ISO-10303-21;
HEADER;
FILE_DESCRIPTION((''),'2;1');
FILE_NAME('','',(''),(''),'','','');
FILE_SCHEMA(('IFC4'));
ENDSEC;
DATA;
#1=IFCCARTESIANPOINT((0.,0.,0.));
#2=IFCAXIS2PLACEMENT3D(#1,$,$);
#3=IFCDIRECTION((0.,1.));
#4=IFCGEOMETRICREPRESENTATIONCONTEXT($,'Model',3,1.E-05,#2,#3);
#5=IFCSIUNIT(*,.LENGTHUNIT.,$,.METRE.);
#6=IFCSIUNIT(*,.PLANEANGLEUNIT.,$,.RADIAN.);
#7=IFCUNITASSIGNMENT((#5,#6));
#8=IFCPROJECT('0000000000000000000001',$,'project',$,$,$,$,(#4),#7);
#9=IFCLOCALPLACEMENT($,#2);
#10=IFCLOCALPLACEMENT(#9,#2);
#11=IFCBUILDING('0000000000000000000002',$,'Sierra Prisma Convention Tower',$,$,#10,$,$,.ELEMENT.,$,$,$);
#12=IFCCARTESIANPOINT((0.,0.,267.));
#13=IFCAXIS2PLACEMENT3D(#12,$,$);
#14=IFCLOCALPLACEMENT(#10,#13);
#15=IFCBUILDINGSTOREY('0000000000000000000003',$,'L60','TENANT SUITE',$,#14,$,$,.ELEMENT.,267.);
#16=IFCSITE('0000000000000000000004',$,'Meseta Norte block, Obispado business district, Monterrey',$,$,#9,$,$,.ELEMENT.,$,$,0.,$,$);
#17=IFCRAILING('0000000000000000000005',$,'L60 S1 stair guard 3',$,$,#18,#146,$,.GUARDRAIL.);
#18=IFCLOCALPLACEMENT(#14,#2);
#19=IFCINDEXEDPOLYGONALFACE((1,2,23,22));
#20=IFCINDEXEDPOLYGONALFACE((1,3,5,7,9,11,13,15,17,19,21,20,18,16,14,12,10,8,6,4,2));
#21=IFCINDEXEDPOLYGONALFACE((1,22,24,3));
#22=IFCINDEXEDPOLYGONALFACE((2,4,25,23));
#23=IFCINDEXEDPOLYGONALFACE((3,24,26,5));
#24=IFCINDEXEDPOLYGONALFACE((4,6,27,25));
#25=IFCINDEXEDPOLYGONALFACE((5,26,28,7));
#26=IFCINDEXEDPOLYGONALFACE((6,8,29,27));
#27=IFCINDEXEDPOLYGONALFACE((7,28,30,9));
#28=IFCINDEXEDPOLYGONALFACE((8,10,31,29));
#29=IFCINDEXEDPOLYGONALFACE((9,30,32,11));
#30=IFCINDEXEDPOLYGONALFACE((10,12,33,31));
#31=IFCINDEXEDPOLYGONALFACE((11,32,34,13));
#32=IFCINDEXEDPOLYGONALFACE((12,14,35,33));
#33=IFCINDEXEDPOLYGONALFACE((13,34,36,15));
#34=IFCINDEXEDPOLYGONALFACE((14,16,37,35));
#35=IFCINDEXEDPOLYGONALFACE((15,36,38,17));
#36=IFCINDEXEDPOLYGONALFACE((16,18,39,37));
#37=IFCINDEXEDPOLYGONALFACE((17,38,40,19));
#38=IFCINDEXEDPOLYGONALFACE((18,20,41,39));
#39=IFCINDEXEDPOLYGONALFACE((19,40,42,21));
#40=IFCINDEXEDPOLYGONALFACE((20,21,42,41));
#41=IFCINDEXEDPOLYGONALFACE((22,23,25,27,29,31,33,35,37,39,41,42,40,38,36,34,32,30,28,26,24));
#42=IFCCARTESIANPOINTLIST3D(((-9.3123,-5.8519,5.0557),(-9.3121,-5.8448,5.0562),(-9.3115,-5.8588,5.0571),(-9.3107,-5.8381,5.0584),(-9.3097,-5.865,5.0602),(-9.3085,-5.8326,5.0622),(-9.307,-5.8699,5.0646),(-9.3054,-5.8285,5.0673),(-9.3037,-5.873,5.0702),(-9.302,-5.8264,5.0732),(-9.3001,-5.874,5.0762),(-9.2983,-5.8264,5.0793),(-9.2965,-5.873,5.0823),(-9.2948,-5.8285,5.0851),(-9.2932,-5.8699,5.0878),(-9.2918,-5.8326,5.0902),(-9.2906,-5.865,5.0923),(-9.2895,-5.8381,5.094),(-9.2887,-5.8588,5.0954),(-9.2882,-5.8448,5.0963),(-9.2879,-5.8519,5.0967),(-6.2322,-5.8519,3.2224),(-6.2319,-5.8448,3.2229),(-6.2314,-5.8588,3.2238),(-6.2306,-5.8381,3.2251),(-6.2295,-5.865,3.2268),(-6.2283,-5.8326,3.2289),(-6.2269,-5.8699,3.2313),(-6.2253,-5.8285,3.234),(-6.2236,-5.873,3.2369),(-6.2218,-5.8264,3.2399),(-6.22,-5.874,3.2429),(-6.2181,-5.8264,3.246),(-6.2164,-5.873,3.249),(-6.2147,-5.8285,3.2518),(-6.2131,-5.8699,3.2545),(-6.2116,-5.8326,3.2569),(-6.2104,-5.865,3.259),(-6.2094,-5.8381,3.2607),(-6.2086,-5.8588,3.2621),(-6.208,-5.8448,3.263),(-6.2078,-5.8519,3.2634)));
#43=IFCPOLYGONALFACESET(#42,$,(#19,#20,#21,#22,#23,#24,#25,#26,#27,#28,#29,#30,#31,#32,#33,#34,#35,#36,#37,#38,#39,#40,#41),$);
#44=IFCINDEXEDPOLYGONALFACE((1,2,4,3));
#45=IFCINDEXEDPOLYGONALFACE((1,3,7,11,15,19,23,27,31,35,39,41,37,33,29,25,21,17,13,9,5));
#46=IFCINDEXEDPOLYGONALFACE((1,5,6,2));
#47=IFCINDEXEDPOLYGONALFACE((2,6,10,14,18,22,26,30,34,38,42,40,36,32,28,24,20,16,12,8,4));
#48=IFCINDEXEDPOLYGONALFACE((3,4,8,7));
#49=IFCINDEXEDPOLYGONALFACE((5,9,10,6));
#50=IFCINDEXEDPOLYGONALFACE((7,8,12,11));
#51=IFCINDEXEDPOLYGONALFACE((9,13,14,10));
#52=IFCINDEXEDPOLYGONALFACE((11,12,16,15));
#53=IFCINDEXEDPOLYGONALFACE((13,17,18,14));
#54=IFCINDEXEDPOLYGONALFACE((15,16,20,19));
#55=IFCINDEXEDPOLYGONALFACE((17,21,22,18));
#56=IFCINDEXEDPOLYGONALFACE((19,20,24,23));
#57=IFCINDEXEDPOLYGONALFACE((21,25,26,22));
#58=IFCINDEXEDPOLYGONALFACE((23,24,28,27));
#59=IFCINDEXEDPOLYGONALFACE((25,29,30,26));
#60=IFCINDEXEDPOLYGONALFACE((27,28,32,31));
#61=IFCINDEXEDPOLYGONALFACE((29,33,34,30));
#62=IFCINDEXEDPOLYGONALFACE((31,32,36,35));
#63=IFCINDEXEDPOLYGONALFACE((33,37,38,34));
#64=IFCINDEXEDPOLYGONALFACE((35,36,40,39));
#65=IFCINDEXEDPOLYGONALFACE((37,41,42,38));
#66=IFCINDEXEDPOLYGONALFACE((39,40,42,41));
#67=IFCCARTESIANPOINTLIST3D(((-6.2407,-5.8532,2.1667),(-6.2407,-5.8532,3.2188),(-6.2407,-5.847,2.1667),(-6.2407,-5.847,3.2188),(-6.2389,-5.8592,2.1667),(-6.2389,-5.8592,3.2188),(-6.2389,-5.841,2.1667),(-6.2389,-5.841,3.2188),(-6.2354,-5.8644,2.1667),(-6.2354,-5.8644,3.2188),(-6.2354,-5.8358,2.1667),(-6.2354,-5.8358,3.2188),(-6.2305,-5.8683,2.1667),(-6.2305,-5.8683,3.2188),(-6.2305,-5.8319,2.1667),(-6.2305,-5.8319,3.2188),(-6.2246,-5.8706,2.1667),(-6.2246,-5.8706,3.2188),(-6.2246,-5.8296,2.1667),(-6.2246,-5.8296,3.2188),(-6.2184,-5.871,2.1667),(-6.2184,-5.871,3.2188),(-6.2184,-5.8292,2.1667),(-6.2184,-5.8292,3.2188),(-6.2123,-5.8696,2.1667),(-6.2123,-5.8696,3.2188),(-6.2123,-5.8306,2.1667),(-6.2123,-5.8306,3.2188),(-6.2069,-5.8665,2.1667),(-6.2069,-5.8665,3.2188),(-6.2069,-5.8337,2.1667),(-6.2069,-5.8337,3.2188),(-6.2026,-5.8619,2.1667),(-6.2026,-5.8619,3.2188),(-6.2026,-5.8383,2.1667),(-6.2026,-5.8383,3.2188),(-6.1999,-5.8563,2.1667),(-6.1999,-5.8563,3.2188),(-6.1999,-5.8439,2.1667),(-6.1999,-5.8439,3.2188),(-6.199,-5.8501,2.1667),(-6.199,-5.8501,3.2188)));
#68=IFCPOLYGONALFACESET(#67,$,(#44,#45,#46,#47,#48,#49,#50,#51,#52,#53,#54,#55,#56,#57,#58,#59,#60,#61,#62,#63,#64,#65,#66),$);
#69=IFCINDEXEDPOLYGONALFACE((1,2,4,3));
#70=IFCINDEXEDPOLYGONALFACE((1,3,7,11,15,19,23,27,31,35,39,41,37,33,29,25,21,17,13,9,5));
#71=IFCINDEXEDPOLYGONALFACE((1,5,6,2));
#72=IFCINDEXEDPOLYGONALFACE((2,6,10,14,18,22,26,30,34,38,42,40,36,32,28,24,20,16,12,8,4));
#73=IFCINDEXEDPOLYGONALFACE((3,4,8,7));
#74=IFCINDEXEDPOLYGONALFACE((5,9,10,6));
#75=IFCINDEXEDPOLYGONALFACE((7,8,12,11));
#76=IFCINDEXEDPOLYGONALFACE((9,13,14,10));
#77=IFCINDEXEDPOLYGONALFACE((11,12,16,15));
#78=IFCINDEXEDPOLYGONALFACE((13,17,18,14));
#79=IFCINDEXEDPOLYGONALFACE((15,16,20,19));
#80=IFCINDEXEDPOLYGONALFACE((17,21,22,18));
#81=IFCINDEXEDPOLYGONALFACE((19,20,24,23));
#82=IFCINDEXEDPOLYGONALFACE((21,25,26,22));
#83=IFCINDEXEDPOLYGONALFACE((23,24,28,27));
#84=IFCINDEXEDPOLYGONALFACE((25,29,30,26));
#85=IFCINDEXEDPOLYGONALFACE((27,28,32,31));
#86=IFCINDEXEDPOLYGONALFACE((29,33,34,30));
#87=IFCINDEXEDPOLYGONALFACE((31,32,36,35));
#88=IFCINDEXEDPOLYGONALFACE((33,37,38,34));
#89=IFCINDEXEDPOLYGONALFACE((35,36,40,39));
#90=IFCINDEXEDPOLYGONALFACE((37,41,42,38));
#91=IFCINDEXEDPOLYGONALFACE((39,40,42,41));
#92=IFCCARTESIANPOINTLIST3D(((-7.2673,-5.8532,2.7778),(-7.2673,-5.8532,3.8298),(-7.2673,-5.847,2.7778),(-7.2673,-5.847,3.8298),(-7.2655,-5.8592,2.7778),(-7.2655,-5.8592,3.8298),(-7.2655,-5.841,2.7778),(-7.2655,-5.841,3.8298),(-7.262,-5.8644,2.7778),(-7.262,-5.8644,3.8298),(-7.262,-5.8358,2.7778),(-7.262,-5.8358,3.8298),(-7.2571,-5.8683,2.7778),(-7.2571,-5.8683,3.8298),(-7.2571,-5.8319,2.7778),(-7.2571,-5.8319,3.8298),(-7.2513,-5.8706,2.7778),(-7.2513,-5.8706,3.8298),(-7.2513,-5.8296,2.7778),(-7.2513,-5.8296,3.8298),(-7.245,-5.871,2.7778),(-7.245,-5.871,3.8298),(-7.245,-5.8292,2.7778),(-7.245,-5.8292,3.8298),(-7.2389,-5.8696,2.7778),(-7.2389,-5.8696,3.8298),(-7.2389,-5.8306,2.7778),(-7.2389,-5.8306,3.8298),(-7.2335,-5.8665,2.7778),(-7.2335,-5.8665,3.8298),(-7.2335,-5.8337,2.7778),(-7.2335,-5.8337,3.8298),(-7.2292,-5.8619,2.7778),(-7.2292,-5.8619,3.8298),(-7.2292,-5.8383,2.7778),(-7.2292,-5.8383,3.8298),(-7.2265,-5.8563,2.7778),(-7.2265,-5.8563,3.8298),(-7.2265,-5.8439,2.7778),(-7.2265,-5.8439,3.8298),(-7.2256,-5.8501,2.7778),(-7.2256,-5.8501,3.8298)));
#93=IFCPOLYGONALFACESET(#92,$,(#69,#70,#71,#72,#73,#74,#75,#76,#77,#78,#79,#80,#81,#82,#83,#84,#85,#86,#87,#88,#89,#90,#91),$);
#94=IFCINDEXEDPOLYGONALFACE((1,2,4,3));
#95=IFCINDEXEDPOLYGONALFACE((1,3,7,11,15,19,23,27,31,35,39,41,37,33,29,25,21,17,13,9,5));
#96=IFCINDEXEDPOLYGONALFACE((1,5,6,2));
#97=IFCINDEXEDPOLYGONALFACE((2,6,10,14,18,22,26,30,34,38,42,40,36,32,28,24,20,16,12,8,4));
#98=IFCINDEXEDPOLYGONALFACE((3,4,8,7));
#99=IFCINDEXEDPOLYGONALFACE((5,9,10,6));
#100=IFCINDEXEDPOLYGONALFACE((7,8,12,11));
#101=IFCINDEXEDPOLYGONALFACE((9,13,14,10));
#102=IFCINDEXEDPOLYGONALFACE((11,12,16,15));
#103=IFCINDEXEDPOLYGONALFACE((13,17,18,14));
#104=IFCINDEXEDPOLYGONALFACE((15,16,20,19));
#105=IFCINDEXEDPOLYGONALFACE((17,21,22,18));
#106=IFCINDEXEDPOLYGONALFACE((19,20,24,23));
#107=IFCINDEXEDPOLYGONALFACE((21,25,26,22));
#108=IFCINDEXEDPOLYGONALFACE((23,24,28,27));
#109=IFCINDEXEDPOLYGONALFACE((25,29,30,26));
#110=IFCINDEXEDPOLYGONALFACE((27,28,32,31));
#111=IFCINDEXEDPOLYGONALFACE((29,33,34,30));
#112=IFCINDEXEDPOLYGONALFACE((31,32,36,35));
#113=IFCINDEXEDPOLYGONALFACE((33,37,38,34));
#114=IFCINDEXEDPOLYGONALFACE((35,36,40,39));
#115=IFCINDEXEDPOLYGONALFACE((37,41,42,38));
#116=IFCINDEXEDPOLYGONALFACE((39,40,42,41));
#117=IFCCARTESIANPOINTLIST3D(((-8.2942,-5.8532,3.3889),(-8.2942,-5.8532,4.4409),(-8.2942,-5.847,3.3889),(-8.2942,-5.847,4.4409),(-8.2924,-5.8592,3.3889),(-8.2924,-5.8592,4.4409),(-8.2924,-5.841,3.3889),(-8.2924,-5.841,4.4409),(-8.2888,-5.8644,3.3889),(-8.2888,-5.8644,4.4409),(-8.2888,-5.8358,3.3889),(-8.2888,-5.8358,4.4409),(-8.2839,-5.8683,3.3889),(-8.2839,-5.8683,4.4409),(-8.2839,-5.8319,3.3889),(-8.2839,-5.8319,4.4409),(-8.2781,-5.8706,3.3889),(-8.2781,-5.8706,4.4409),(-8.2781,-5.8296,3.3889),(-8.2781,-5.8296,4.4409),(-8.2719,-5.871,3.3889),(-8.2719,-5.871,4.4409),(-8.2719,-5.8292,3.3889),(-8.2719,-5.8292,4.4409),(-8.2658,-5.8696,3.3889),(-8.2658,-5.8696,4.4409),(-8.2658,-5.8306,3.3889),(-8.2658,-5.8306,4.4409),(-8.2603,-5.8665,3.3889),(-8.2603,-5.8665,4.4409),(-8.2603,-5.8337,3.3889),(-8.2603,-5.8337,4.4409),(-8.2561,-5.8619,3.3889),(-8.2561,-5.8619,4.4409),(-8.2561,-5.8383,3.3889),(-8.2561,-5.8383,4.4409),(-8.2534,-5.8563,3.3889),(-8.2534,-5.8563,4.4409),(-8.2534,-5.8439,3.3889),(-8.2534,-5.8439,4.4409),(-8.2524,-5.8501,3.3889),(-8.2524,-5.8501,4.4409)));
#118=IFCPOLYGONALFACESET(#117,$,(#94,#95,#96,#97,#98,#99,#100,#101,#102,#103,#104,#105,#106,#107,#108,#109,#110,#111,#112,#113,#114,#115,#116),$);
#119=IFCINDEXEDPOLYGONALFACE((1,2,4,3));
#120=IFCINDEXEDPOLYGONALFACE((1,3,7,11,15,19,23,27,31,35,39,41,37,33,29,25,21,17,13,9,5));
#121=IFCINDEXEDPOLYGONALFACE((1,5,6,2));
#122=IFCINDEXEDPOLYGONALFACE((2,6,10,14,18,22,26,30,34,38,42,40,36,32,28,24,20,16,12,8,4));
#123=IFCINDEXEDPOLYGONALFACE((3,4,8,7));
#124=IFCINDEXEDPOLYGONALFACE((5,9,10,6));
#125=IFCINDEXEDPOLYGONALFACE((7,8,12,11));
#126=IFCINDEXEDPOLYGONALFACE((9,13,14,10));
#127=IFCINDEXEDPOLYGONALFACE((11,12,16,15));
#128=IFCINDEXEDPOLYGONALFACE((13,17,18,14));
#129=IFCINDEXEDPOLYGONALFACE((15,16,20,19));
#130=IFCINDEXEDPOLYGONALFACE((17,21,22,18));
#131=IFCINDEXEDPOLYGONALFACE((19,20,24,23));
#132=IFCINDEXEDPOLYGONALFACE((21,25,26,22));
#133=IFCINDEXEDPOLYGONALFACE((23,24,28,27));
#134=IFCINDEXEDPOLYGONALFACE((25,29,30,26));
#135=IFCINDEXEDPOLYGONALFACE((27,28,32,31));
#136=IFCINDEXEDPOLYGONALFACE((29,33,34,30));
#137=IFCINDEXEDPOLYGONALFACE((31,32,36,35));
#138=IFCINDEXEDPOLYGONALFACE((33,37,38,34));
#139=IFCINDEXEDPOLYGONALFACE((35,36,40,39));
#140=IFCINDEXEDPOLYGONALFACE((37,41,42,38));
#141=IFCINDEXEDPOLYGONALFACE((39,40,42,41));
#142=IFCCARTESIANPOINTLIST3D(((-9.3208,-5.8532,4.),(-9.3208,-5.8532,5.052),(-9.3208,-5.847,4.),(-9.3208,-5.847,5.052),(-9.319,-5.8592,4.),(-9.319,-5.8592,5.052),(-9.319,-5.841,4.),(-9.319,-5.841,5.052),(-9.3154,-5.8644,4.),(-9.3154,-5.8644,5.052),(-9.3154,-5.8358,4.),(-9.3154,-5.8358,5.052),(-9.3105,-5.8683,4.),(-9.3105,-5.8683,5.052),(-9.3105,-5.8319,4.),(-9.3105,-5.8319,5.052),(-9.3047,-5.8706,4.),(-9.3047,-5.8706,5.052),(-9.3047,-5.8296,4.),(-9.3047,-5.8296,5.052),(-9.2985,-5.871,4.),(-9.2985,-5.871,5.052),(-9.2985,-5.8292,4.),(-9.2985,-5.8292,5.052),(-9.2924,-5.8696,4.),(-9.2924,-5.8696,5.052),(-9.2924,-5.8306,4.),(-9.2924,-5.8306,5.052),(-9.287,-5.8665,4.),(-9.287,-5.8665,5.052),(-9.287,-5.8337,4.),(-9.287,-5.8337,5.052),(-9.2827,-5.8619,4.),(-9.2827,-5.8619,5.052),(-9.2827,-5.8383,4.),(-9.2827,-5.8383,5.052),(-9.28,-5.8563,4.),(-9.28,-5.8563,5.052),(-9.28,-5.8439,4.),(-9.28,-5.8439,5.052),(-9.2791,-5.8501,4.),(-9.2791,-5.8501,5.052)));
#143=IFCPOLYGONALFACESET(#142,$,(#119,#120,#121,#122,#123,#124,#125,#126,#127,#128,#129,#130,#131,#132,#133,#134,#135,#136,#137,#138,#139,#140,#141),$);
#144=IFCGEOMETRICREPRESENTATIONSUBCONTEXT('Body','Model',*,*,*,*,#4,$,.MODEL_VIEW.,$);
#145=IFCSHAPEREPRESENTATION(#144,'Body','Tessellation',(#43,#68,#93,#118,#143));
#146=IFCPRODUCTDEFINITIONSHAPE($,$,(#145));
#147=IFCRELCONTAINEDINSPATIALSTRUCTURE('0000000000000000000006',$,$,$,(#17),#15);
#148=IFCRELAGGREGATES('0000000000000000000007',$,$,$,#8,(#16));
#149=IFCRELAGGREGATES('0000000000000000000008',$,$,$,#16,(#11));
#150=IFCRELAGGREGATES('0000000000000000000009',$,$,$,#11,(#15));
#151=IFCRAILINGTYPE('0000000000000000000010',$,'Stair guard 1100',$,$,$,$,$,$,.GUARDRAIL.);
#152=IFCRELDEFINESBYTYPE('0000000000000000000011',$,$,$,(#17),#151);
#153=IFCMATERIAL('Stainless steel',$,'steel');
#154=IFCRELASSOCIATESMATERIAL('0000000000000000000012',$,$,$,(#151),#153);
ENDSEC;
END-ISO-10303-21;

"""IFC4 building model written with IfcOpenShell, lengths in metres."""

from ifc_helpers import new_model, si_unit, direction, frame, origin, origin_2d, place, context, subcontext, project, spatial, circle, extrude, material, type_object, element, save


model = new_model("IFC4")

# Units and contexts
model_context = context("Model", 3, precision=1e-05, world=origin(), true_north=direction((0.0, 1.0)))
body_context = subcontext(model_context, "Body", "Model", "MODEL_VIEW")
ifc_project = project(units=[si_unit("LENGTHUNIT", "METRE"), si_unit("PLANEANGLEUNIT", "RADIAN")], contexts=[model_context])

# Site, building, storey
site_placement = place(None, origin())
site = spatial("IfcSite", under=ifc_project, at=site_placement, Name="Meseta Norte block, Obispado business district, Monterrey", CompositionType="ELEMENT", RefElevation=0.0)
building_placement = place(site_placement, origin())
building = spatial("IfcBuilding", under=site, at=building_placement, Name="Sierra Prisma Convention Tower", CompositionType="ELEMENT")
storey_placement = place(building_placement, frame((0.0, 0.0, 267.0)))
storey = spatial("IfcBuildingStorey", under=building, at=storey_placement, Name="L60", Description="TENANT SUITE", CompositionType="ELEMENT", Elevation=267.0)

# Railing
ifc_material_1 = material(Name="Stainless steel", Category="steel")
railing_type_1 = type_object("IfcRailingType", Name="Stair guard 1100", PredefinedType="GUARDRAIL", material=ifc_material_1)
railing_1_placement = place(storey_placement, frame((-6.22, -5.8501, 2.1667)))
element("IfcRailing", 1, at=railing_1_placement, inside=storey, type_object=railing_type_1, Name="L60 S1 stair guard 3", PredefinedType="GUARDRAIL", context=body_context, shape_type="SweptSolid", body=[
    extrude(circle(Radius=0.0239, at=origin_2d()), frame((0.0, 0.0, 1.0762), z_axis=(-0.859309, 0.0, 0.511458), x_axis=(0.0, -1.0, 0.0)), (0.0, 0.0, 1.0), 3.5845),
    extrude(circle(Radius=0.021, at=origin_2d()), origin(), (0.0, 0.0, 1.0), 1.052),
    extrude(circle(Radius=0.021, at=origin_2d()), frame((-1.0266, 0.0, 0.6111)), (0.0, 0.0, 1.0), 1.052),
    extrude(circle(Radius=0.021, at=origin_2d()), frame((-2.0535, 0.0, 1.2222)), (0.0, 0.0, 1.0), 1.052),
    extrude(circle(Radius=0.021, at=origin_2d()), frame((-3.0801, 0.0, 1.8333)), (0.0, 0.0, 1.0), 1.052),
])

save(model, "model.ifc")
